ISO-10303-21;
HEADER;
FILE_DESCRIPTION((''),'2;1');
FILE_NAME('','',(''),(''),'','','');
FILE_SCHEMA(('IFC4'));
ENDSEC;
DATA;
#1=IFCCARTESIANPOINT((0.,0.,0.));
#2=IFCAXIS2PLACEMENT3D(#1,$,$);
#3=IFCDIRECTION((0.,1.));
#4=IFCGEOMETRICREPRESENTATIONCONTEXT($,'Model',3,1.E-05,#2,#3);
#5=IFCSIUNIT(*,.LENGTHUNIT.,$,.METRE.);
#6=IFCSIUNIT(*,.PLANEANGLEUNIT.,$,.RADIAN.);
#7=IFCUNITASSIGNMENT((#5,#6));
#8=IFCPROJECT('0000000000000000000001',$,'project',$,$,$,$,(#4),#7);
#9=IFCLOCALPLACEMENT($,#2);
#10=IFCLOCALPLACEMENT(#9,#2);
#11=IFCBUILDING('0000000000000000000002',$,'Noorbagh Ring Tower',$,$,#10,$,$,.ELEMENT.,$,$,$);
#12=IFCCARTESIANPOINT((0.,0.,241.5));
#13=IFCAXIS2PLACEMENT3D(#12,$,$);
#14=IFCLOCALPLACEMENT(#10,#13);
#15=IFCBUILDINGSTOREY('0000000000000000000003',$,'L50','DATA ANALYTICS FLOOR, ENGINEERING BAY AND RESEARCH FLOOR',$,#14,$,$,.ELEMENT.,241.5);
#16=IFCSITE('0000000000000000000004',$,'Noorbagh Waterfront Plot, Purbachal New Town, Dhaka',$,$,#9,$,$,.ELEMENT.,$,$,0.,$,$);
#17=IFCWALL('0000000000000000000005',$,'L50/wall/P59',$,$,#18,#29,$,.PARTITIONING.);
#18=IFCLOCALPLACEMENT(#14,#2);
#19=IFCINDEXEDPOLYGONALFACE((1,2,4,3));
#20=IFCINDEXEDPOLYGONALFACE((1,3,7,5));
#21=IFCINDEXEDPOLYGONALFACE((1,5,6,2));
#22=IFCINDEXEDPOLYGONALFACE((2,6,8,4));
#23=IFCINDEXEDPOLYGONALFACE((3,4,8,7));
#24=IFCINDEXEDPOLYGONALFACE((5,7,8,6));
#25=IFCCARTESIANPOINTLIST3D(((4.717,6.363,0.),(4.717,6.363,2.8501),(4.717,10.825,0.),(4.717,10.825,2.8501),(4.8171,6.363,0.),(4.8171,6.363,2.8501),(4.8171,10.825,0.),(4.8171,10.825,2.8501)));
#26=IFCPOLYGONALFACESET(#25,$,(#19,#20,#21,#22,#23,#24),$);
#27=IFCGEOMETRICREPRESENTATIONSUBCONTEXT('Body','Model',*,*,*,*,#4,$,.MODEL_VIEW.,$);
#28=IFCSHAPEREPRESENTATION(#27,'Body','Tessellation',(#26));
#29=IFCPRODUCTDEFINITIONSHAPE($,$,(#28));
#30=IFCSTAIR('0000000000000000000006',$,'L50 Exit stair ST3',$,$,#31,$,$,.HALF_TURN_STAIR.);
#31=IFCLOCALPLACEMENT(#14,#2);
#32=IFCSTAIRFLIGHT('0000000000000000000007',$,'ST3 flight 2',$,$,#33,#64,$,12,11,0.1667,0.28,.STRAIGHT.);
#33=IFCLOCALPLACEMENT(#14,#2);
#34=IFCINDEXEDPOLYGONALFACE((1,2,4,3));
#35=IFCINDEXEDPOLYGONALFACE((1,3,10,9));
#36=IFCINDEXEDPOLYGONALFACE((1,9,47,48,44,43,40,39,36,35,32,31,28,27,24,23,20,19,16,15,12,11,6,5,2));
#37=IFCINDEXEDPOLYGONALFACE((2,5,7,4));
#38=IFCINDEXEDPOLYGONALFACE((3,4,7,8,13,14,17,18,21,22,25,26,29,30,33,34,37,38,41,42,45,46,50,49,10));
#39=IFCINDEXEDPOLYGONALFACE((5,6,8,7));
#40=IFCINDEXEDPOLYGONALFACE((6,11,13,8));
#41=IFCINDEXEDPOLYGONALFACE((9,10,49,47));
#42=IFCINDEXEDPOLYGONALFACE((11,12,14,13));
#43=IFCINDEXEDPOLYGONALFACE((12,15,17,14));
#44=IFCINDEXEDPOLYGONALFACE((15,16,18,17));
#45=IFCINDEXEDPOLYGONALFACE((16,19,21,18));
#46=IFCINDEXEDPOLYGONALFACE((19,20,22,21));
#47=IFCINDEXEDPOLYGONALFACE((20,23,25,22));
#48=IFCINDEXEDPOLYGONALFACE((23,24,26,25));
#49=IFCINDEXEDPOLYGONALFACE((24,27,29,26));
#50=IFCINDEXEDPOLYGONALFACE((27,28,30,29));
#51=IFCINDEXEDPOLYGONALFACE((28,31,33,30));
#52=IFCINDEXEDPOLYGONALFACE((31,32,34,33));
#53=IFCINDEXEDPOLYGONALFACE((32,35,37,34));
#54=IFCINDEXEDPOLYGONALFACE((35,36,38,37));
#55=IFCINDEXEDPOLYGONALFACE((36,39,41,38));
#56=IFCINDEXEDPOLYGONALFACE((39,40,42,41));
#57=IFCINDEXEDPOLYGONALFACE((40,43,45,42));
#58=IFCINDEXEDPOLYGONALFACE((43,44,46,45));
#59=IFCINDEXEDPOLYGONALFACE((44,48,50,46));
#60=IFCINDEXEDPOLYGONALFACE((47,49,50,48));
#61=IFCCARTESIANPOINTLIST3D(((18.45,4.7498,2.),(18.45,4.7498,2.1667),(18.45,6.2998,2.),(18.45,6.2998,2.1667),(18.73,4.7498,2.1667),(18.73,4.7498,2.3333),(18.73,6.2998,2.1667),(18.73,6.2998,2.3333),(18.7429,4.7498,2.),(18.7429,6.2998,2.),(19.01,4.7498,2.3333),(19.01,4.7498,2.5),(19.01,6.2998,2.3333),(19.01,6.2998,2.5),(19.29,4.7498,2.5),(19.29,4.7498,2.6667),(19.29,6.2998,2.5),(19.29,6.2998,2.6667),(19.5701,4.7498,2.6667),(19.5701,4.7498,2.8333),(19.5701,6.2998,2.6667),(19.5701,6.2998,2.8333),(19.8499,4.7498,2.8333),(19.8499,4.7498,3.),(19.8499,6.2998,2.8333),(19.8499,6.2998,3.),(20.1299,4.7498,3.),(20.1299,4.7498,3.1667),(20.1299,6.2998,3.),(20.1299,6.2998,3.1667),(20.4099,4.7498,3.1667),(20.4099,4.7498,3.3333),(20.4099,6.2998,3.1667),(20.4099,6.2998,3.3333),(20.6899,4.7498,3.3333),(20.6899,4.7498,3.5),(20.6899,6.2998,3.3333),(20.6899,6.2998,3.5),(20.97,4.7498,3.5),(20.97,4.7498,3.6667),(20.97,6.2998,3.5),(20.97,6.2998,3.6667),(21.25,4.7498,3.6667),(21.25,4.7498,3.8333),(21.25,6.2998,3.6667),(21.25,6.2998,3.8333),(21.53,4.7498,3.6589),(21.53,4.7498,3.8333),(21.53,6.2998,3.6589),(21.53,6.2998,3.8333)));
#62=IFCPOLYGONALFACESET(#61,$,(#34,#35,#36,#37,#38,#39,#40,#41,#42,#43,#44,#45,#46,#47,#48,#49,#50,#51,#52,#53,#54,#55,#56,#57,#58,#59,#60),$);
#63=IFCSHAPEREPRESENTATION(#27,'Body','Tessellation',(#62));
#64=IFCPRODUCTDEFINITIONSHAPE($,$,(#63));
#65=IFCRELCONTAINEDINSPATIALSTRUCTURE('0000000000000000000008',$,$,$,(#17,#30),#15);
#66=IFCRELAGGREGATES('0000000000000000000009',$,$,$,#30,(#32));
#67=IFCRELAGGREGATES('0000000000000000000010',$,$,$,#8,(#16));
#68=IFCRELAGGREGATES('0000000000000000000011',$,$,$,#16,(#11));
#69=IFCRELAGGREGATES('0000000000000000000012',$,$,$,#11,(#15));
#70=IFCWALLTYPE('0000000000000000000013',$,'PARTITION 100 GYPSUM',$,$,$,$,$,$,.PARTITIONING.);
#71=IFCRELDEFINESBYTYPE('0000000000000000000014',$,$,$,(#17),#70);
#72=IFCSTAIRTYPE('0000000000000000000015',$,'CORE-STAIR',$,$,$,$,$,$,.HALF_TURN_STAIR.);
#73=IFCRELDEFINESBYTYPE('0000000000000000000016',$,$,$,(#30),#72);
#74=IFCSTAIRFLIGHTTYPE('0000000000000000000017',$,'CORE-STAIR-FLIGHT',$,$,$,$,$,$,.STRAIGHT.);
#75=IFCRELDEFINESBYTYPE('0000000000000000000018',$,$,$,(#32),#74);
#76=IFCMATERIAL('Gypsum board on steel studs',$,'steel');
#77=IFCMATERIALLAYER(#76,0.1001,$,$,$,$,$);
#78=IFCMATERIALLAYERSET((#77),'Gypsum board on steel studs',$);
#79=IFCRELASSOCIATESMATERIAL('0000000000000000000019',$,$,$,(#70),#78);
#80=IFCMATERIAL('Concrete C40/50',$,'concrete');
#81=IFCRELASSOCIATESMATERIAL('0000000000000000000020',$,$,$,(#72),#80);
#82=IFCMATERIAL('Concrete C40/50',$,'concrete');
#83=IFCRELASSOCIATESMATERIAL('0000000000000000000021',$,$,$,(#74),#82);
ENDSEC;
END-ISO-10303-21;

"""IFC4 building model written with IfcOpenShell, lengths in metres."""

from ifc_helpers import new_model, si_unit, direction, frame, frame_2d, origin, place, context, subcontext, project, spatial, polyline, rectangle, outline, extrude, material, layer, layer_set, type_object, element, aggregate, save


model = new_model("IFC4")

# Units and contexts
model_context = context("Model", 3, precision=1e-05, world=origin(), true_north=direction((0.0, 1.0)))
body_context = subcontext(model_context, "Body", "Model", "MODEL_VIEW")
ifc_project = project(units=[si_unit("LENGTHUNIT", "METRE"), si_unit("PLANEANGLEUNIT", "RADIAN")], contexts=[model_context])

# Site, building, storey
site_placement = place(None, origin())
site = spatial("IfcSite", under=ifc_project, at=site_placement, Name="Noorbagh Waterfront Plot, Purbachal New Town, Dhaka", CompositionType="ELEMENT", RefElevation=0.0)
building_placement = place(site_placement, origin())
building = spatial("IfcBuilding", under=site, at=building_placement, Name="Noorbagh Ring Tower", CompositionType="ELEMENT")
storey_placement = place(building_placement, frame((0.0, 0.0, 241.5)))
storey = spatial("IfcBuildingStorey", under=building, at=storey_placement, Name="L50", Description="DATA ANALYTICS FLOOR, ENGINEERING BAY AND RESEARCH FLOOR", CompositionType="ELEMENT", Elevation=241.5)

# Wall
ifc_material_1 = material(Name="Gypsum board on steel studs", Category="steel")
ifc_layer_1 = layer(ifc_material_1, 0.1001)
ifc_layer_set_1 = layer_set([ifc_layer_1], Name="Gypsum board on steel studs")
wall_type_1 = type_object("IfcWallType", Name="PARTITION 100 GYPSUM", PredefinedType="PARTITIONING", material=ifc_layer_set_1)
wall_1_placement = place(storey_placement, frame((4.7671, 6.363, 0.0), z_axis=(0.0, 0.0, 1.0), x_axis=(0.0, 1.0, 0.0)))
element("IfcWall", 1, at=wall_1_placement, inside=storey, type_object=wall_type_1, Name="L50/wall/P59", PredefinedType="PARTITIONING", context=body_context, shape_type="SweptSolid", body=[
    extrude(rectangle(XDim=4.4619, YDim=0.1001, at=frame_2d((2.231, 0.0))), origin(), (0.0, 0.0, 1.0), 2.8501),
])

# Stair, stair flight
ifc_material_2 = material(Name="Concrete C40/50", Category="concrete")
stair_type = type_object("IfcStairType", Name="CORE-STAIR", PredefinedType="HALF_TURN_STAIR", material=ifc_material_2)
stair_placement = place(storey_placement, origin())
stair = element("IfcStair", 2, at=stair_placement, inside=storey, type_object=stair_type, Name="L50 Exit stair ST3", PredefinedType="HALF_TURN_STAIR")
ifc_material_3 = material(Name="Concrete C40/50", Category="concrete")
stair_flight_type = type_object("IfcStairFlightType", Name="CORE-STAIR-FLIGHT", PredefinedType="STRAIGHT", material=ifc_material_3)
stair_flight_placement = place(storey_placement, frame((18.45, 5.5249, 2.0), z_axis=(0.0, 0.0, 1.0), x_axis=(1.0, 0.0, 0.0)))
stair_flight = element("IfcStairFlight", 3, at=stair_flight_placement, type_object=stair_flight_type, Name="ST3 flight 2", NumberOfRisers=12, NumberOfTreads=11, PredefinedType="STRAIGHT", RiserHeight=0.1667, TreadLength=0.28, context=body_context, shape_type="SweptSolid", body=[
    extrude(outline(polyline([(0.0, 0.0), (0.0, 0.1667), (0.28, 0.1667), (0.28, 0.3333), (0.5601, 0.3333), (0.5601, 0.5), (0.8401, 0.5), (0.8401, 0.6667), (1.1201, 0.6667), (1.1201, 0.8333), (1.3999, 0.8333), (1.3999, 1.0), (1.6799, 1.0), (1.6799, 1.1667), (1.96, 1.1667), (1.96, 1.3333), (2.24, 1.3333), (2.24, 1.5), (2.52, 1.5), (2.52, 1.6667), (2.8, 1.6667), (2.8, 1.8333), (3.0801, 1.8333), (3.0801, 2.0), (3.0801, 1.6589), (0.293, 0.0), (0.0, 0.0)])), frame((0.0, 0.7749, 0.0), z_axis=(0.0, -1.0, 0.0), x_axis=(1.0, 0.0, 0.0)), (0.0, 0.0, 1.0), 1.55),
])
aggregate(stair, [stair_flight])

save(model, "model.ifc")
